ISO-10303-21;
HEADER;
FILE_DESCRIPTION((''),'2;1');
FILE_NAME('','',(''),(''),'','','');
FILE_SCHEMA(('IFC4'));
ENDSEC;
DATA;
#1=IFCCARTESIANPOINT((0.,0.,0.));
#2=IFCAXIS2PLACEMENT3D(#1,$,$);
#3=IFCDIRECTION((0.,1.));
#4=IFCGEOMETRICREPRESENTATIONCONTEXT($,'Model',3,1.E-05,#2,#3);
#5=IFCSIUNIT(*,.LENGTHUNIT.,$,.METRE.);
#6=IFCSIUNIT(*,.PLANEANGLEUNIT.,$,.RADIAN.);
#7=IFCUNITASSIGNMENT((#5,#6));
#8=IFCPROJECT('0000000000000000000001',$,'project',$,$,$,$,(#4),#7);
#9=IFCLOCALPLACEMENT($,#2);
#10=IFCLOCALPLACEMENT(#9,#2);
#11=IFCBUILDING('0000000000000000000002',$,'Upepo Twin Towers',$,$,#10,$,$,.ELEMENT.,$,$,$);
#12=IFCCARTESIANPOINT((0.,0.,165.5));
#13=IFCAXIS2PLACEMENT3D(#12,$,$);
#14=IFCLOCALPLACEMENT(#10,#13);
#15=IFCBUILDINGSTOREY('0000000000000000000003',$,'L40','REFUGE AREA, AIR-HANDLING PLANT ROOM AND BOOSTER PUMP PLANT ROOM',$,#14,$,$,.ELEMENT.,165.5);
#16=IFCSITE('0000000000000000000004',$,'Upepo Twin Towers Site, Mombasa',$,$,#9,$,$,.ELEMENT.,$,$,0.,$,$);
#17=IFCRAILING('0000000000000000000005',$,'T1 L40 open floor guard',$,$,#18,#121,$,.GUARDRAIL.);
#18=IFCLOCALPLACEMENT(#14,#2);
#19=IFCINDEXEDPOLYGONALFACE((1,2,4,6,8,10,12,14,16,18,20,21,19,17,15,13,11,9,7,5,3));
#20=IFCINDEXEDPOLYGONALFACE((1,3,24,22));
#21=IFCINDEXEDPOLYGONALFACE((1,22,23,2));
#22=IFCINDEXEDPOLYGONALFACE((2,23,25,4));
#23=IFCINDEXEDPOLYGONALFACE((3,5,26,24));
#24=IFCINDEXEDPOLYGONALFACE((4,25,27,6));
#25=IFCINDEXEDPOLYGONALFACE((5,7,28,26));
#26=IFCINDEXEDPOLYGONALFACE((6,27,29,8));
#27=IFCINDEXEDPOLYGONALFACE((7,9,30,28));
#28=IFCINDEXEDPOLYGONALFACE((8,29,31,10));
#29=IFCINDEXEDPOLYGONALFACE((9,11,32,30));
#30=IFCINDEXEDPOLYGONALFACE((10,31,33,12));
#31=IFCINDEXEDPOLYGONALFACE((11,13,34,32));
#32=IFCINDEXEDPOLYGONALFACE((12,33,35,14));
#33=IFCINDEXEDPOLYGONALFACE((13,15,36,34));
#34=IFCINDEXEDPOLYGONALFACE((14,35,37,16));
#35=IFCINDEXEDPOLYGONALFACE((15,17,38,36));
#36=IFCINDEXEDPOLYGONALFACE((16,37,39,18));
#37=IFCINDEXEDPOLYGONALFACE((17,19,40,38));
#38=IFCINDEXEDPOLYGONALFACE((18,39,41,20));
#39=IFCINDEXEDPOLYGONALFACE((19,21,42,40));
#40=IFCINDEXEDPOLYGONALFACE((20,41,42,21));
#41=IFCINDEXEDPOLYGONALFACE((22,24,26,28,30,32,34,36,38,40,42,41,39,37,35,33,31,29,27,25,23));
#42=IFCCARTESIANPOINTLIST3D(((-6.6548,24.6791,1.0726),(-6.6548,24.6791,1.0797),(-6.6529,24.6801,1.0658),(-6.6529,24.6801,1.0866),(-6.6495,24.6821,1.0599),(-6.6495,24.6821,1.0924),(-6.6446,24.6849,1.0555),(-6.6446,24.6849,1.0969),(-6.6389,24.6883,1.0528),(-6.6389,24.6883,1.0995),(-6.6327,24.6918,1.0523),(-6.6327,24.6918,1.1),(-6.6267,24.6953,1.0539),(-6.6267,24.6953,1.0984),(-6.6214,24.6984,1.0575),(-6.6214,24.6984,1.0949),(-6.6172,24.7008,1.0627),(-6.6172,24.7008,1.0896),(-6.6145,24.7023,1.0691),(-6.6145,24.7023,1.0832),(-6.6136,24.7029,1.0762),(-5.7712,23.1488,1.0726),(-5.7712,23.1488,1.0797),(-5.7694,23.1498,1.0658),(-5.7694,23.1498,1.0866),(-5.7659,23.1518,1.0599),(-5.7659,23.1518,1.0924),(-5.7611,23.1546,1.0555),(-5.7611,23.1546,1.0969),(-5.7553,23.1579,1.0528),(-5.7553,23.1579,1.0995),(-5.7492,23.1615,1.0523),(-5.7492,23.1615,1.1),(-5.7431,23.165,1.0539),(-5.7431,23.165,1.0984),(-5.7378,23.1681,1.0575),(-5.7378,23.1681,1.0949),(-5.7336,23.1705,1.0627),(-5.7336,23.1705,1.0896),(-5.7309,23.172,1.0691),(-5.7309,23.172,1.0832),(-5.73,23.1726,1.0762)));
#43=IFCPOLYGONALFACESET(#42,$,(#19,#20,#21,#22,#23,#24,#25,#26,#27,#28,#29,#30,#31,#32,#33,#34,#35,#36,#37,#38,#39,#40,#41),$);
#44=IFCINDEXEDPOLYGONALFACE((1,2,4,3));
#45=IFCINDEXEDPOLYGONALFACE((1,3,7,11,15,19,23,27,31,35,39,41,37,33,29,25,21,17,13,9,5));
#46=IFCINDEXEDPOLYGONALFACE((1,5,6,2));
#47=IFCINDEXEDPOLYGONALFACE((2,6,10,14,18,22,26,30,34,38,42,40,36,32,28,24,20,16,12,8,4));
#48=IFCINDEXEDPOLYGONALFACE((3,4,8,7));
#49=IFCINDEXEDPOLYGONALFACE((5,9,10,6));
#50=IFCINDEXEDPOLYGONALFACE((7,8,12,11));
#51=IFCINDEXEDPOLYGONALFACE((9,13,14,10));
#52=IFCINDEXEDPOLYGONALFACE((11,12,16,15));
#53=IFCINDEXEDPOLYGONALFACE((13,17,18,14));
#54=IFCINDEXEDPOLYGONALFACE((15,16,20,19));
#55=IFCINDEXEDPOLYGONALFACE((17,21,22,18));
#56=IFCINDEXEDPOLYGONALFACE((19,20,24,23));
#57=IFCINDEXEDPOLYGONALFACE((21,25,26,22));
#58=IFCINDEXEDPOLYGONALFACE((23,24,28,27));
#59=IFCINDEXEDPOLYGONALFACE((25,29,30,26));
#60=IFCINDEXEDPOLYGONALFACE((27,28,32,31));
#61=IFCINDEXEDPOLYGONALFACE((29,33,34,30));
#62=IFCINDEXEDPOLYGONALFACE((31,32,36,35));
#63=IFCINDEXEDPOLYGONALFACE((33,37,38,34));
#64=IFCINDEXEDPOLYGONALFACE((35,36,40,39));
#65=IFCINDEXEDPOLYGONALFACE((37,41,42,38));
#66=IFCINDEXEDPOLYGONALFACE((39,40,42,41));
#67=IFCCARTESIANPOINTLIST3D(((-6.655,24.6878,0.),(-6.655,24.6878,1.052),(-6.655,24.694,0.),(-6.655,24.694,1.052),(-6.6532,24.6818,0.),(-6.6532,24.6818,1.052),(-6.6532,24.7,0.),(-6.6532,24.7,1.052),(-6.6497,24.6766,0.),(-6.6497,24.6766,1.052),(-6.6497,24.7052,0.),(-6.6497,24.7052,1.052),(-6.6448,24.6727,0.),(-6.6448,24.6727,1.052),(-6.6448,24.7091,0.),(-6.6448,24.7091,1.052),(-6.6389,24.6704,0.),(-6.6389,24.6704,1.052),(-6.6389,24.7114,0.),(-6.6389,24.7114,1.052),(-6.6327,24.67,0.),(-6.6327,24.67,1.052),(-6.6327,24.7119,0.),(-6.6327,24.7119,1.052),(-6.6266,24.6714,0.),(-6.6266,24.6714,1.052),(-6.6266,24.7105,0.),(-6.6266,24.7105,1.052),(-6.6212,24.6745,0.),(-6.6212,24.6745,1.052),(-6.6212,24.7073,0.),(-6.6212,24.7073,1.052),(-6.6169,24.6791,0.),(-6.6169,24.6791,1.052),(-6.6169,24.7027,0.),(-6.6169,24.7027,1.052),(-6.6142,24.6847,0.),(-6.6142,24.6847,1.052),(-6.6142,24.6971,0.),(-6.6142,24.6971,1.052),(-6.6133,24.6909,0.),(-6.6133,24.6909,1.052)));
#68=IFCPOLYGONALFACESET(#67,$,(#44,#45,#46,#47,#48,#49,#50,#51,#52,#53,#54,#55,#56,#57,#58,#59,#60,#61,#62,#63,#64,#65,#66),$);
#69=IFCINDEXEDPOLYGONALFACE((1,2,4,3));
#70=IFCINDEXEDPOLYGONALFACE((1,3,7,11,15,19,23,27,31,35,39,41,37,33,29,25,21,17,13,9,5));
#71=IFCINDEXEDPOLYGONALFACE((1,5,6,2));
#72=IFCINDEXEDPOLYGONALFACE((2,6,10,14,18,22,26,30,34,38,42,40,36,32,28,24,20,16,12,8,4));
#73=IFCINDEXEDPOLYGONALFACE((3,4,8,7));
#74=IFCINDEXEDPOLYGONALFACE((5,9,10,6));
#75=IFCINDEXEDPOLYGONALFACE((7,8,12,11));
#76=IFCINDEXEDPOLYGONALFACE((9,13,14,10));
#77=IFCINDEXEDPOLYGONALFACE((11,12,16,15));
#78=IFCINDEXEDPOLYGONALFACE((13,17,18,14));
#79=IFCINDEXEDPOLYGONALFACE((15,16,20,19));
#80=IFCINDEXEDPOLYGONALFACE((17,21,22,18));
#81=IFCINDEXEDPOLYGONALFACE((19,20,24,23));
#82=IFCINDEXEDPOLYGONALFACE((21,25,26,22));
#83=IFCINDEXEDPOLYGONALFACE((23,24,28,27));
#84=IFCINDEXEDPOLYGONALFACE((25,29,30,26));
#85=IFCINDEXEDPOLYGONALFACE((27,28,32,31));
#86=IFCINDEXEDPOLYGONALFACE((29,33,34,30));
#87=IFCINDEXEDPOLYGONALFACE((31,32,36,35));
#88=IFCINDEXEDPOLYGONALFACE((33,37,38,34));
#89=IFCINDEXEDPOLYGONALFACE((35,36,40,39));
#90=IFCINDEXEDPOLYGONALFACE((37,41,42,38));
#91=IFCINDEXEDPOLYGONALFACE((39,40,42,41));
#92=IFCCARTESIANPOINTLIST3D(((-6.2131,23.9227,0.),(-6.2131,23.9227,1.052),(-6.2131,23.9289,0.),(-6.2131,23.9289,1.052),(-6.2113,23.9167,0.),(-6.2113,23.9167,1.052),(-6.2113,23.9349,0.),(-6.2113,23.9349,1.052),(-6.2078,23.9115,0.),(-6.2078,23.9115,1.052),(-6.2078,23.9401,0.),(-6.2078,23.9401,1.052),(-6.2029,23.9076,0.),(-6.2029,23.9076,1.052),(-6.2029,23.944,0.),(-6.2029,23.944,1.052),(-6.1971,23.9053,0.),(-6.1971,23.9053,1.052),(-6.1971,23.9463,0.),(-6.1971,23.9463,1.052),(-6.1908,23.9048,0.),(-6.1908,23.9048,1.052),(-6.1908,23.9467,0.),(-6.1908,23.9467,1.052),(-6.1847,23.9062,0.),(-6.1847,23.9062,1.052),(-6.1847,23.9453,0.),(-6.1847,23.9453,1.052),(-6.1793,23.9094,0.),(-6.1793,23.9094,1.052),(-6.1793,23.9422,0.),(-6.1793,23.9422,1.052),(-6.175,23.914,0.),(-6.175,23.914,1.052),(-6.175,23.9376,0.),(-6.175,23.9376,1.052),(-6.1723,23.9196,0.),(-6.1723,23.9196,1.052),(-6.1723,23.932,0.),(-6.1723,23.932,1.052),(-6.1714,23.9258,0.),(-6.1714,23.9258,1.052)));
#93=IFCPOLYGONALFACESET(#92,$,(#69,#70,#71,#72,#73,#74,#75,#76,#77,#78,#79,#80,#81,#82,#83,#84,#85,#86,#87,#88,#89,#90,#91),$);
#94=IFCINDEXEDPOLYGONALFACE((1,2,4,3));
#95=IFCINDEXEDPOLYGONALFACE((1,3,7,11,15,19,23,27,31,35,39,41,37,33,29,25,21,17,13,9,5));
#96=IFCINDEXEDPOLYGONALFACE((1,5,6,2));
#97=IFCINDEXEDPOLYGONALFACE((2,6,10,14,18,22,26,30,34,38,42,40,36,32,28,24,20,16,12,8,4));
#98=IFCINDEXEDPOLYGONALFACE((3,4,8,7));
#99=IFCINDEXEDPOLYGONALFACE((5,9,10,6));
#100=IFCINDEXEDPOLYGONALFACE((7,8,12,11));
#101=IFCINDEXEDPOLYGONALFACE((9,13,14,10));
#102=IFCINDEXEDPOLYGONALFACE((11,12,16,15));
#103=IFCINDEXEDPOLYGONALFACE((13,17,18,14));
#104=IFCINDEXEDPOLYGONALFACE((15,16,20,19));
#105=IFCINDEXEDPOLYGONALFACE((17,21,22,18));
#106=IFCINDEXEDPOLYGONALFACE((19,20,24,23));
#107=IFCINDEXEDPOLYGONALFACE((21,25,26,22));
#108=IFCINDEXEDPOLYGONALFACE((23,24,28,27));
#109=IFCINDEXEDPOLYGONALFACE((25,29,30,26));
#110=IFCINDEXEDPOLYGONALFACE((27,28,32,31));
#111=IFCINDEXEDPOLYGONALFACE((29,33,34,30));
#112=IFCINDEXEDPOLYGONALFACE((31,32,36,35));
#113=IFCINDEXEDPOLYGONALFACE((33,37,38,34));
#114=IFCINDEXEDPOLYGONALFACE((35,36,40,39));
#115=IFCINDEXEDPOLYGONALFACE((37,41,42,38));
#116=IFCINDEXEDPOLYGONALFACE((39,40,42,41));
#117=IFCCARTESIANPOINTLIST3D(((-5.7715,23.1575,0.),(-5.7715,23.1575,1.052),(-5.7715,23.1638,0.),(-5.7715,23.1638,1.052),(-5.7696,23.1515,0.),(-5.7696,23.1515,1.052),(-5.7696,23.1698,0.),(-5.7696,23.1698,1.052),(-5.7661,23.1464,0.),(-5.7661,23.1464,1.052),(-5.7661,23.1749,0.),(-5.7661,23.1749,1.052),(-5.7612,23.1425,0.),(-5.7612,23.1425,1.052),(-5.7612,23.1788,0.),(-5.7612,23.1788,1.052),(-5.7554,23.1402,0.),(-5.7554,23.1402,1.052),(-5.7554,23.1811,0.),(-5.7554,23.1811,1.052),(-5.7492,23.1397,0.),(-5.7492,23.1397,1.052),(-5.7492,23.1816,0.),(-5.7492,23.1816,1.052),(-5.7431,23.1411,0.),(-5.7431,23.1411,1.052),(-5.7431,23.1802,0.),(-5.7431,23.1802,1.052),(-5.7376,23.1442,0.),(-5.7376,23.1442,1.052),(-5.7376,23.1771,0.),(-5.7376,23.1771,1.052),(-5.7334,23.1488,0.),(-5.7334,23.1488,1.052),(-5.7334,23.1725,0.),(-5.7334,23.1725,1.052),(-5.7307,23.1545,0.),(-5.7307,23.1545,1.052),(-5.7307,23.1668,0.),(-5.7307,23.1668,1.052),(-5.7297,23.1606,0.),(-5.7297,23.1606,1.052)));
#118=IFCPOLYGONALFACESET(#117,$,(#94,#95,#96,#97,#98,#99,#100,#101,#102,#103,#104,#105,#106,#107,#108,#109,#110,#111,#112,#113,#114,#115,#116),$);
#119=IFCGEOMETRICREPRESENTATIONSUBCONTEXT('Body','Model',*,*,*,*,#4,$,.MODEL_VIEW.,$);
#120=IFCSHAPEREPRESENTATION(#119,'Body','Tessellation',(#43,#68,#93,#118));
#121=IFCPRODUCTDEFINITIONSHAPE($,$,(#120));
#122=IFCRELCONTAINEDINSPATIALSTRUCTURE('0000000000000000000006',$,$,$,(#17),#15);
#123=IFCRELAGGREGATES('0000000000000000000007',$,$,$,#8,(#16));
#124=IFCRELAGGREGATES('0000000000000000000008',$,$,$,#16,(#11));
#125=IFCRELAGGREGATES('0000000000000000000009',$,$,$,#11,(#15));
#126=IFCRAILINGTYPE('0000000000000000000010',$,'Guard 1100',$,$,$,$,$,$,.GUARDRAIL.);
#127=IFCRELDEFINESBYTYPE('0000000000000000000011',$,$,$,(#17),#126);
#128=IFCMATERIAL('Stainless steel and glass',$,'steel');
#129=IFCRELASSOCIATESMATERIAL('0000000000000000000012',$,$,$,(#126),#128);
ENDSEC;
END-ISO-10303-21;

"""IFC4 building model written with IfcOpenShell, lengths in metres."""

from ifc_helpers import new_model, si_unit, direction, frame, origin, origin_2d, place, context, subcontext, project, spatial, circle, extrude, material, type_object, element, save


model = new_model("IFC4")

# Units and contexts
model_context = context("Model", 3, precision=1e-05, world=origin(), true_north=direction((0.0, 1.0)))
body_context = subcontext(model_context, "Body", "Model", "MODEL_VIEW")
ifc_project = project(units=[si_unit("LENGTHUNIT", "METRE"), si_unit("PLANEANGLEUNIT", "RADIAN")], contexts=[model_context])

# Site, building, storey
site_placement = place(None, origin())
site = spatial("IfcSite", under=ifc_project, at=site_placement, Name="Upepo Twin Towers Site, Mombasa", CompositionType="ELEMENT", RefElevation=0.0)
building_placement = place(site_placement, origin())
building = spatial("IfcBuilding", under=site, at=building_placement, Name="Upepo Twin Towers", CompositionType="ELEMENT")
storey_placement = place(building_placement, frame((0.0, 0.0, 165.5)))
storey = spatial("IfcBuildingStorey", under=building, at=storey_placement, Name="L40", Description="REFUGE AREA, AIR-HANDLING PLANT ROOM AND BOOSTER PUMP PLANT ROOM", CompositionType="ELEMENT", Elevation=165.5)

# Railing
ifc_material_1 = material(Name="Stainless steel and glass", Category="steel")
railing_type = type_object("IfcRailingType", Name="Guard 1100", PredefinedType="GUARDRAIL", material=ifc_material_1)
railing_1_placement = place(storey_placement, frame((-6.6343, 24.6909, 0.0)))
element("IfcRailing", 1, at=railing_1_placement, inside=storey, type_object=railing_type, Name="T1 L40 open floor guard", PredefinedType="GUARDRAIL", context=body_context, shape_type="SweptSolid", body=[
    extrude(circle(Radius=0.0239, at=origin_2d()), frame((0.0, 0.0, 1.0762), z_axis=(0.500017, -0.866015, 0.0), x_axis=(0.866015, 0.500017, 0.0)), (0.0, 0.0, 1.0), 1.7671),
    extrude(circle(Radius=0.021, at=origin_2d()), origin(), (0.0, 0.0, 1.0), 1.052),
    extrude(circle(Radius=0.021, at=origin_2d()), frame((0.4419, -0.7651, 0.0)), (0.0, 0.0, 1.0), 1.052),
    extrude(circle(Radius=0.021, at=origin_2d()), frame((0.8835, -1.5303, 0.0)), (0.0, 0.0, 1.0), 1.052),
])

save(model, "model.ifc")
